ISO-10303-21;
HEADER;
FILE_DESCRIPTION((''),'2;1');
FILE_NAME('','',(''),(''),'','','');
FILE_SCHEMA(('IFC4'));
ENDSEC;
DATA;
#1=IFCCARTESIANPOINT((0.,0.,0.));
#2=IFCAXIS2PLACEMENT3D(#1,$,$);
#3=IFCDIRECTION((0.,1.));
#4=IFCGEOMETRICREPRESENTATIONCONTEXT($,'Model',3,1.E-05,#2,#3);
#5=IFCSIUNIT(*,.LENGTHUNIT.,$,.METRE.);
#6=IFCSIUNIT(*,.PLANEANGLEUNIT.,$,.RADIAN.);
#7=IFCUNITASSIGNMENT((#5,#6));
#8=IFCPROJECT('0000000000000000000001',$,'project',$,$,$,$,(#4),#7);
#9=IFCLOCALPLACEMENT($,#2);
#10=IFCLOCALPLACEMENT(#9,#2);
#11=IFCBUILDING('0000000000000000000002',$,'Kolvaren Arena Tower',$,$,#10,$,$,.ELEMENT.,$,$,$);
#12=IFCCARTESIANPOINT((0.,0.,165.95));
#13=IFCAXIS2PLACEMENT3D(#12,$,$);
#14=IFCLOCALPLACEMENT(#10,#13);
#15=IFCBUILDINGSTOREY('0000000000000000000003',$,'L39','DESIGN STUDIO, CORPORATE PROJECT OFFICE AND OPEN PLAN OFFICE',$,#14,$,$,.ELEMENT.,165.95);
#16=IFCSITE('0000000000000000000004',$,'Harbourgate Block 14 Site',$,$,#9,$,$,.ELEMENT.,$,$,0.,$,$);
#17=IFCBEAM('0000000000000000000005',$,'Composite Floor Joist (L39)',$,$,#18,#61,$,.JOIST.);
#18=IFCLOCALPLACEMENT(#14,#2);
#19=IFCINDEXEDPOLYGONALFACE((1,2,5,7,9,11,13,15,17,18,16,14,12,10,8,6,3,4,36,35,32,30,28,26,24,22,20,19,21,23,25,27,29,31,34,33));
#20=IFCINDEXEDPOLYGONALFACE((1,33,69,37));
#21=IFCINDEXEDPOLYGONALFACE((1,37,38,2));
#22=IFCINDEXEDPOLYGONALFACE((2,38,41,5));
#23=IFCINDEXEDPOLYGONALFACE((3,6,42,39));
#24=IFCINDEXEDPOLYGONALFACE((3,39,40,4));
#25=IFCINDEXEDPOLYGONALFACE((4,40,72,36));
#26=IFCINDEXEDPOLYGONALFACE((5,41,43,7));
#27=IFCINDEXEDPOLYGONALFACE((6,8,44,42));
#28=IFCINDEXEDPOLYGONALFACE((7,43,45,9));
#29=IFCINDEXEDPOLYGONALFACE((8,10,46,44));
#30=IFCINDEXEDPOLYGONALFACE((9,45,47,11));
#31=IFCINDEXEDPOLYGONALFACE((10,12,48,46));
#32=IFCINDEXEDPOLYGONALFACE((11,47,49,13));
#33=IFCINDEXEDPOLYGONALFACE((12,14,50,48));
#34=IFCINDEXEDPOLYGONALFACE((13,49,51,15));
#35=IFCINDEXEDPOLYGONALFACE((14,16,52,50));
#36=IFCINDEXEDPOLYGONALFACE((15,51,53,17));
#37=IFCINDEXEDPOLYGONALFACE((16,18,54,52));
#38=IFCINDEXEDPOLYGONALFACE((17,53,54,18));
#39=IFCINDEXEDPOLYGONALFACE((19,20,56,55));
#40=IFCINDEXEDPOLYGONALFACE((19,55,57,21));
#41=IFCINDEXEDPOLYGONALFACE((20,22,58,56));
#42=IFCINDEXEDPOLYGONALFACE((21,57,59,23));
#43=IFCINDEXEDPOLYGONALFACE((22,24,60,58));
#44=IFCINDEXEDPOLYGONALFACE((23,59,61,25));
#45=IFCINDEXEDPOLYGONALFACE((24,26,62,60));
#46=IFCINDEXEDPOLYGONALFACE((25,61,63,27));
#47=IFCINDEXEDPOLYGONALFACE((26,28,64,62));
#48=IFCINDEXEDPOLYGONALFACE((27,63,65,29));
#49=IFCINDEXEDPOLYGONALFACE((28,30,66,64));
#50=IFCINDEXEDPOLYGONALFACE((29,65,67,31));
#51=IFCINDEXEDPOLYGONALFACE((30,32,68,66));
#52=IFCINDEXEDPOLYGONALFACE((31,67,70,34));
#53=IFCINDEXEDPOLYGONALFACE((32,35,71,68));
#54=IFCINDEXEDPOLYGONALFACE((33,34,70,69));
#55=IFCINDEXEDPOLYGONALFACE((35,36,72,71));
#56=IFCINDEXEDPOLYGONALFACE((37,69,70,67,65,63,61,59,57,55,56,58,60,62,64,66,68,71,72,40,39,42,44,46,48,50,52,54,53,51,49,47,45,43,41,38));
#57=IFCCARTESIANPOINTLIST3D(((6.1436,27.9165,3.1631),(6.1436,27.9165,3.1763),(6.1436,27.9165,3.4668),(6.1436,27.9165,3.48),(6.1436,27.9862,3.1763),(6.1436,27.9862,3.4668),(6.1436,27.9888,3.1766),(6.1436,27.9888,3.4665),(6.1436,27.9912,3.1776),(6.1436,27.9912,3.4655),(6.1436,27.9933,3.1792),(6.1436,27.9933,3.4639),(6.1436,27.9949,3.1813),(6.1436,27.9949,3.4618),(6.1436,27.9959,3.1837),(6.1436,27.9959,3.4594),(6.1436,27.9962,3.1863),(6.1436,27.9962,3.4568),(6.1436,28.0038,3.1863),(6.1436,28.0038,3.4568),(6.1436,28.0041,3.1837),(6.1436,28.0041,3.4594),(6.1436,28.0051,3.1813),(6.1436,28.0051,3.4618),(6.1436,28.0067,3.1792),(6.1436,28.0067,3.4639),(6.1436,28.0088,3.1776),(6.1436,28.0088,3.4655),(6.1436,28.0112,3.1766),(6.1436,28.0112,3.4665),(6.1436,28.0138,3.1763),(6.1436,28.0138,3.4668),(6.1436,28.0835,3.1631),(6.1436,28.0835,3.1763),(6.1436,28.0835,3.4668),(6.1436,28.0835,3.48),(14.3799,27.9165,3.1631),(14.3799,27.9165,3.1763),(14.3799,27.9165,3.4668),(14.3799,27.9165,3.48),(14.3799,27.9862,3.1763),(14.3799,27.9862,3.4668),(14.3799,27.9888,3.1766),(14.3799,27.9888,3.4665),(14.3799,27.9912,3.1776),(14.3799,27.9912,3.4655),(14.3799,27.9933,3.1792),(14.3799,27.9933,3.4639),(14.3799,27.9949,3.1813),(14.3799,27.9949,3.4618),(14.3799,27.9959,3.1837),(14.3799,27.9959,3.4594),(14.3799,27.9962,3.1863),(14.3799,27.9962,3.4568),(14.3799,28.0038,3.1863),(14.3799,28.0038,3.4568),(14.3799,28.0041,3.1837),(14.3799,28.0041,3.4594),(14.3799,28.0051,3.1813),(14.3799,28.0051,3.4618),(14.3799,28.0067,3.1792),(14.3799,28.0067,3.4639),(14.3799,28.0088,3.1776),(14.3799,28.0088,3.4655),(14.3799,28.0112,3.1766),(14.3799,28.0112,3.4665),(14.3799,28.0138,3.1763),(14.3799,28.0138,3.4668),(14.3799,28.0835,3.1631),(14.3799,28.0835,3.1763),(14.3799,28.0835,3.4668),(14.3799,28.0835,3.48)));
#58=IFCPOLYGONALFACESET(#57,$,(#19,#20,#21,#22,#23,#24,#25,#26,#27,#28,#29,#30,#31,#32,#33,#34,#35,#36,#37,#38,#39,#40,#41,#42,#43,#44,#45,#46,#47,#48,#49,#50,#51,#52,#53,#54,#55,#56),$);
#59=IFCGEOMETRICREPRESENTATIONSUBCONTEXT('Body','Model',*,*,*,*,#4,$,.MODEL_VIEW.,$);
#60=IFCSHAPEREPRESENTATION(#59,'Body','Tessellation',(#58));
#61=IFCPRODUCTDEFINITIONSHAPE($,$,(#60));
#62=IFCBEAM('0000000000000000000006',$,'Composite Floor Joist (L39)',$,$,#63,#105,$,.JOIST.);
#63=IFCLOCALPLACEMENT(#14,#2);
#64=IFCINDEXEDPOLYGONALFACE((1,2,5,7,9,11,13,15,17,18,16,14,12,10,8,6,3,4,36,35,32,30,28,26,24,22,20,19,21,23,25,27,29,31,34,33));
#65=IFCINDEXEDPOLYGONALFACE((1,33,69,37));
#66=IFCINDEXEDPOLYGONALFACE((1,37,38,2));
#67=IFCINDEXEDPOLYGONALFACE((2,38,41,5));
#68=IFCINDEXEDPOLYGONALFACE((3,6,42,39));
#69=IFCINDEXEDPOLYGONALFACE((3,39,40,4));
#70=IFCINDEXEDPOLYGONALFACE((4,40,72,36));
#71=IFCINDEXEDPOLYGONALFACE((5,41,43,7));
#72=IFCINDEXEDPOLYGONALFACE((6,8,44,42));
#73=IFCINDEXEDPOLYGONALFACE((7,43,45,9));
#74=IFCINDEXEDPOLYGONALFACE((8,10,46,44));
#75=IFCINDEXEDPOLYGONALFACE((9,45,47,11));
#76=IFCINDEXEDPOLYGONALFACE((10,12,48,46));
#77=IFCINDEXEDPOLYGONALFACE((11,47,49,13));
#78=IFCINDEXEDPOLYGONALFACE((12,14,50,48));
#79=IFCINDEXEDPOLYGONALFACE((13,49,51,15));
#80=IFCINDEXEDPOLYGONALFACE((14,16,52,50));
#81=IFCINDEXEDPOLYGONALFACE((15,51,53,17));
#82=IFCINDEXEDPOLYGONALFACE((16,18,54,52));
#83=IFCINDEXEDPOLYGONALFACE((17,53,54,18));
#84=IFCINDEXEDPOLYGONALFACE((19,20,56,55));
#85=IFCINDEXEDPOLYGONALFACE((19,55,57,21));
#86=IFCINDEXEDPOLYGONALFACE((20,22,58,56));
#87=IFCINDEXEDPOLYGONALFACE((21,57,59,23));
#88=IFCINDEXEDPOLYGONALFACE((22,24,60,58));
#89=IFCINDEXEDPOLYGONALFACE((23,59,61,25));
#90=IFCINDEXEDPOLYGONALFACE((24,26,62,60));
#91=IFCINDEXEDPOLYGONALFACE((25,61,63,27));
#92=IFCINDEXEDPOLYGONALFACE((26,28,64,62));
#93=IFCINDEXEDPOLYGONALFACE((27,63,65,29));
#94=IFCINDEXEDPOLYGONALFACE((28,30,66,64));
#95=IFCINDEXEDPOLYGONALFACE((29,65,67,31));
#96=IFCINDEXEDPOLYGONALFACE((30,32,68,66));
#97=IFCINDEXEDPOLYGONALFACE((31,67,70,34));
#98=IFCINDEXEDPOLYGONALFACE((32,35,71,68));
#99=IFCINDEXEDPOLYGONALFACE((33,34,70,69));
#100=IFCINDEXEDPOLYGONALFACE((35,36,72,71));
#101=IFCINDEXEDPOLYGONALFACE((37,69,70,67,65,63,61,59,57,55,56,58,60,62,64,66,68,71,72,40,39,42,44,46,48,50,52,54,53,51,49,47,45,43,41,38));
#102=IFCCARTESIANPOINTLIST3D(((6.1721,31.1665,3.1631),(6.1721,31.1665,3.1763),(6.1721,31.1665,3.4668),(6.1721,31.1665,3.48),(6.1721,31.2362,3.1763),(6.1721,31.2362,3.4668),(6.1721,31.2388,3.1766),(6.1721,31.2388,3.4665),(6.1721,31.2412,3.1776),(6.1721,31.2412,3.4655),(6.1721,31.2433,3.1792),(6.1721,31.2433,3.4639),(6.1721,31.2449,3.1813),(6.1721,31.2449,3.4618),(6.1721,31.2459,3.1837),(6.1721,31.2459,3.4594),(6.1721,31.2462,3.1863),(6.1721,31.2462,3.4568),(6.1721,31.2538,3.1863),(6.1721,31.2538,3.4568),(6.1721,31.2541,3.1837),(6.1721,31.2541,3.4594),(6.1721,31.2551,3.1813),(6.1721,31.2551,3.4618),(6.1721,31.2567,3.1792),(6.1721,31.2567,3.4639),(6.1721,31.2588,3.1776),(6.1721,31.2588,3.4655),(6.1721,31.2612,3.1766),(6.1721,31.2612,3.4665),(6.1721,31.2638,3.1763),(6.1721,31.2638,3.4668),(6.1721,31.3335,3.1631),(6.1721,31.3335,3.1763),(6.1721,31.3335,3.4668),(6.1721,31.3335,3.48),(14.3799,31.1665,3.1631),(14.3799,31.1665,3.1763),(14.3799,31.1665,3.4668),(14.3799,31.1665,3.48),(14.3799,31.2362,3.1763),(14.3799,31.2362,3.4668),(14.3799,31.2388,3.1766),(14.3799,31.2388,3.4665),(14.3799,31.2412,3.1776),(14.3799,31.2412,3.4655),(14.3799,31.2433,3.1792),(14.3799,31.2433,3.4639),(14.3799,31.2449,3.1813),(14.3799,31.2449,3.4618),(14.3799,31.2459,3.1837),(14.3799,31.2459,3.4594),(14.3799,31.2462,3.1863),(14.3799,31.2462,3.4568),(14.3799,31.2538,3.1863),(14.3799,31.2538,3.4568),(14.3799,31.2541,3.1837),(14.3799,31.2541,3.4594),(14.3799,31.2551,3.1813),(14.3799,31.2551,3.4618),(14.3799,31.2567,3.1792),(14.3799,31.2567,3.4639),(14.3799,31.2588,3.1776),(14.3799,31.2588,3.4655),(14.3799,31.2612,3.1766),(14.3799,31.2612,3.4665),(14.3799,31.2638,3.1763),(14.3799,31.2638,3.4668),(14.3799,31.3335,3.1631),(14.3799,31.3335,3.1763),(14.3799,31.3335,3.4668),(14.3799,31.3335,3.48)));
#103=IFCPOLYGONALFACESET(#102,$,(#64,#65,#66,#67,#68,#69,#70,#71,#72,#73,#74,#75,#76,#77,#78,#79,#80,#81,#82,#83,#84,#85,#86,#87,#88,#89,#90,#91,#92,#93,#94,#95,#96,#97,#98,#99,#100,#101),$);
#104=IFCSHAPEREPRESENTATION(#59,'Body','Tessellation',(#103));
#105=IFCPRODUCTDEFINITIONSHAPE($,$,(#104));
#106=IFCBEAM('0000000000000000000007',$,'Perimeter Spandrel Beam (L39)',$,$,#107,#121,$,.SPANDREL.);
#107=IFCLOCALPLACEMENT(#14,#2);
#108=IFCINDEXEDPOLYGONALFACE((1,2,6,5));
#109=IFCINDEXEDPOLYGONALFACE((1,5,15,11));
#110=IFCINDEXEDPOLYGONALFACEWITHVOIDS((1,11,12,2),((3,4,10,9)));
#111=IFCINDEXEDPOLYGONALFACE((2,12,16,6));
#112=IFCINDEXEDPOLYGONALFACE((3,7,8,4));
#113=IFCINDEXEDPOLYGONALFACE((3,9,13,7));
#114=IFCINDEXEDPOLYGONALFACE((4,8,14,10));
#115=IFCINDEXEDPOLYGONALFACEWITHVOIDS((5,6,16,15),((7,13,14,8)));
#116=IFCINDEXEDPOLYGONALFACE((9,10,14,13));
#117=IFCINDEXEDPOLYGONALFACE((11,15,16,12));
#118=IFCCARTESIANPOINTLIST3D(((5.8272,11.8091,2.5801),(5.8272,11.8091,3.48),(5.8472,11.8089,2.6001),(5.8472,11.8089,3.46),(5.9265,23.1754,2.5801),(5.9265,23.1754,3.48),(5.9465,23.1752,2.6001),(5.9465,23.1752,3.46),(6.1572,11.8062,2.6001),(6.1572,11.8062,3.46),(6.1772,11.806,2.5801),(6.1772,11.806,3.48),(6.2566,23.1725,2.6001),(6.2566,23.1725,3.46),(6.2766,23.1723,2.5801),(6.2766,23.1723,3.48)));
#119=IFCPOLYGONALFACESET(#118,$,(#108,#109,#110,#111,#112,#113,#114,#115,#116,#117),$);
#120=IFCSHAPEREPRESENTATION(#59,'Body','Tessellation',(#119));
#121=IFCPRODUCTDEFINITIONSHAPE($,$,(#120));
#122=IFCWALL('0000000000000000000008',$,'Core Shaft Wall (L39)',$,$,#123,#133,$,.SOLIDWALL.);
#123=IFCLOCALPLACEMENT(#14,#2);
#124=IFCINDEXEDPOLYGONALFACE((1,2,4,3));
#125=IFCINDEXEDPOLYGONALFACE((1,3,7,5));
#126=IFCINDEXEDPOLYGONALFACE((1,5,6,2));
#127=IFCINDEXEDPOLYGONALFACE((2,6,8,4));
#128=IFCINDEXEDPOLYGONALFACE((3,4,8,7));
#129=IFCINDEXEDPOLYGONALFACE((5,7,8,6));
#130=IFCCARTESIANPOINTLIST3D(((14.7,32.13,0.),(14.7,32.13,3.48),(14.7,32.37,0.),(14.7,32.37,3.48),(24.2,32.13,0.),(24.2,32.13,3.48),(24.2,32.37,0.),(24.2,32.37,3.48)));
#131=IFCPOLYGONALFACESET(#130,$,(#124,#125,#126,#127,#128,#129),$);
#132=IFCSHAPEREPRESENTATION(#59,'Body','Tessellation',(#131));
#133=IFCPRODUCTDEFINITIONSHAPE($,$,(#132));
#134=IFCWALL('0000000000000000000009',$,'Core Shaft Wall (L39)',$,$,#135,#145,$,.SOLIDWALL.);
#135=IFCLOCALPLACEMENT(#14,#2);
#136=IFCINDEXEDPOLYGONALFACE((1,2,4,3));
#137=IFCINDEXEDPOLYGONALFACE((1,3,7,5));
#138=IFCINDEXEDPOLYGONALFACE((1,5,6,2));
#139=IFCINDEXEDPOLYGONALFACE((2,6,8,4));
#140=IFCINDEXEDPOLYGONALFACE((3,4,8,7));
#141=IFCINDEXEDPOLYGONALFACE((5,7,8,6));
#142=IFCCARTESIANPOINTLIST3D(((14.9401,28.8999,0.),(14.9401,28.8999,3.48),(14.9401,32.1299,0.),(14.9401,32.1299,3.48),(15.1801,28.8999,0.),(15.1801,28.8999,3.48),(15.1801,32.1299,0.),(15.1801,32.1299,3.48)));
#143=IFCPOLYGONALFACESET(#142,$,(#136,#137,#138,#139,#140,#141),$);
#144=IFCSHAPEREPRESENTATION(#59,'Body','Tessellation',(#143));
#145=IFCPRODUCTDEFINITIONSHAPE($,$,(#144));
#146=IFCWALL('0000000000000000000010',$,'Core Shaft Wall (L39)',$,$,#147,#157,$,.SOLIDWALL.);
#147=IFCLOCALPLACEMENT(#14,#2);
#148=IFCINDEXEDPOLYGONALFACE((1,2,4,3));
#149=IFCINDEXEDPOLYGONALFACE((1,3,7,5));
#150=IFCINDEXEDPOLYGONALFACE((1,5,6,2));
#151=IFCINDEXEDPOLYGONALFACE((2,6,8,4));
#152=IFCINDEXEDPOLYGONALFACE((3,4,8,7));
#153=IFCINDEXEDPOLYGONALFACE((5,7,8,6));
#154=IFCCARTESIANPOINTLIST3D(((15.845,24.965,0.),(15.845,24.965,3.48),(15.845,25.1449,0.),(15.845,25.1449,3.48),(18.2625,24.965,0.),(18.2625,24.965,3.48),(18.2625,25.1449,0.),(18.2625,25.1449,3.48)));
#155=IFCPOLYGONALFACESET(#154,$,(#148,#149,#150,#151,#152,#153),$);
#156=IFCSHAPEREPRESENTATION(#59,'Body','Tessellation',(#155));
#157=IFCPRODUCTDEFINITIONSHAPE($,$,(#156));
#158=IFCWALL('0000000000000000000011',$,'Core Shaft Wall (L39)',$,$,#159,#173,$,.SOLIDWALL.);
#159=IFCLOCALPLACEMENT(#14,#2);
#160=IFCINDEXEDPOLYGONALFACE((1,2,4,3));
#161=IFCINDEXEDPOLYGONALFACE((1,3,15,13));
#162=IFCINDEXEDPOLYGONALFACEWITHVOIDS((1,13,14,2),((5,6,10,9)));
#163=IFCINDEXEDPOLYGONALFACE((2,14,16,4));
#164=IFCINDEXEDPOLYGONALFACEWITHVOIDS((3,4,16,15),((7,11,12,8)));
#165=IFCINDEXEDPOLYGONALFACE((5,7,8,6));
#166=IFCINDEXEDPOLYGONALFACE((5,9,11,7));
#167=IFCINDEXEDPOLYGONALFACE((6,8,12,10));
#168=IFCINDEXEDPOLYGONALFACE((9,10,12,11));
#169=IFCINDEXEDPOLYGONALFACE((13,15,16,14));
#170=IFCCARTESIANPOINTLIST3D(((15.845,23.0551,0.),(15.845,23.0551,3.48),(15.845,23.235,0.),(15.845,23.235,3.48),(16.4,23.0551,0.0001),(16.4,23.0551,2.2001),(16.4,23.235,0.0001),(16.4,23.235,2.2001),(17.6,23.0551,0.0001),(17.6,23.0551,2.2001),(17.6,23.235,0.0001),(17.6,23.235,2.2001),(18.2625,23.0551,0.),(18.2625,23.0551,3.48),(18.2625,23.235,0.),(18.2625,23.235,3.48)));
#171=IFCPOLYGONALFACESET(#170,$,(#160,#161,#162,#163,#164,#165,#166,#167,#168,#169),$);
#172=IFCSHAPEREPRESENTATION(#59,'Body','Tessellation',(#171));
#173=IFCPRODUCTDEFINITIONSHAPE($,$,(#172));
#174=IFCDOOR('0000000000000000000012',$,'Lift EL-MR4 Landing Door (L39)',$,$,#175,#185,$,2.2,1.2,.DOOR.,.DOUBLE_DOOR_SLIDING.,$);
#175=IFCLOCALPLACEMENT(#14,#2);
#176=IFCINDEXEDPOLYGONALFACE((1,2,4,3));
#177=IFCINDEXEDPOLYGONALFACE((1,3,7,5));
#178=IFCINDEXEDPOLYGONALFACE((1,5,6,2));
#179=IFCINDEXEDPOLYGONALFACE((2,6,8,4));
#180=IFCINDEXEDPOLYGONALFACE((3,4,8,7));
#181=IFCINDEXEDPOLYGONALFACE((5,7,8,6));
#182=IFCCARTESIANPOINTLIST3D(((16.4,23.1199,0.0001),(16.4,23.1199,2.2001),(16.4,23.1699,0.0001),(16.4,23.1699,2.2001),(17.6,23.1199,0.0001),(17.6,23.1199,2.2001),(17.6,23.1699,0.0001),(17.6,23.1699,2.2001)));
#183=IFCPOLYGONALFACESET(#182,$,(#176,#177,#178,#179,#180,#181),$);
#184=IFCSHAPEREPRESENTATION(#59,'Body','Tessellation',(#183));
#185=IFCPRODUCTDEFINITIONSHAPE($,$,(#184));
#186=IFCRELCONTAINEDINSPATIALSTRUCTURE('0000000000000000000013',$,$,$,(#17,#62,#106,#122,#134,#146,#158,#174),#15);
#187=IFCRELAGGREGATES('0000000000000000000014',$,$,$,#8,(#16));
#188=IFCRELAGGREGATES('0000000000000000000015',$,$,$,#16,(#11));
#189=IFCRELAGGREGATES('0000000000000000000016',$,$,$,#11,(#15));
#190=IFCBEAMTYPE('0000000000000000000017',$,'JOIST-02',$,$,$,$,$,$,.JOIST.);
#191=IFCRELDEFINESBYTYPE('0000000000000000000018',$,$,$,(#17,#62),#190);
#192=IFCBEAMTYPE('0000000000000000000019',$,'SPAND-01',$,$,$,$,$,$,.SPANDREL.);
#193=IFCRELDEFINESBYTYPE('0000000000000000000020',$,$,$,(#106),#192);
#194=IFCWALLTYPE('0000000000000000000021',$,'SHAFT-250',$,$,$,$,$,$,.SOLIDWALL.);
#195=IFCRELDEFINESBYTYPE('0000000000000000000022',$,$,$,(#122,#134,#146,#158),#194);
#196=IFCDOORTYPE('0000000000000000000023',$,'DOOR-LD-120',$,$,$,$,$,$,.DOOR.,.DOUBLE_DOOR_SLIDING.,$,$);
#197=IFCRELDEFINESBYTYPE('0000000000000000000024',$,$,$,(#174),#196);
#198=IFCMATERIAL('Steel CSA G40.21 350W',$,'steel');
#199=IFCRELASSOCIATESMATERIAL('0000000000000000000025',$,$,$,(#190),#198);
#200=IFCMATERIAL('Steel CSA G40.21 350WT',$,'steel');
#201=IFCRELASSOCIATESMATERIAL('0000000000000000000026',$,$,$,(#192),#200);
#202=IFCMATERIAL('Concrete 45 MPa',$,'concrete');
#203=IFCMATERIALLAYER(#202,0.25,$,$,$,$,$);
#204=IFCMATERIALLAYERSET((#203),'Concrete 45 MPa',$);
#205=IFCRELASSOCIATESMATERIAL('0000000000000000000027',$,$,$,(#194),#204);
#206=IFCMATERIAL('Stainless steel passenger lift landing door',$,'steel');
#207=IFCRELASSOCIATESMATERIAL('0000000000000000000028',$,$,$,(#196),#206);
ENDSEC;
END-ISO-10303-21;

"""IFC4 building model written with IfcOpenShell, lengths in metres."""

from ifc_helpers import new_model, si_unit, direction, frame, frame_2d, origin, origin_2d, place, context, subcontext, project, spatial, rectangle, hollow_rectangle, i_section, extrude, material, layer, layer_set, material_profile, profile_set, type_object, element, fill, save


model = new_model("IFC4")

# Units and contexts
model_context = context("Model", 3, precision=1e-05, world=origin(), true_north=direction((0.0, 1.0)))
body_context = subcontext(model_context, "Body", "Model", "MODEL_VIEW")
ifc_project = project(units=[si_unit("LENGTHUNIT", "METRE"), si_unit("PLANEANGLEUNIT", "RADIAN")], contexts=[model_context])

# Site, building, storey
site_placement = place(None, origin())
site = spatial("IfcSite", under=ifc_project, at=site_placement, Name="Harbourgate Block 14 Site", CompositionType="ELEMENT", RefElevation=0.0)
building_placement = place(site_placement, origin())
building = spatial("IfcBuilding", under=site, at=building_placement, Name="Kolvaren Arena Tower", CompositionType="ELEMENT")
storey_placement = place(building_placement, frame((0.0, 0.0, 165.95)))
storey = spatial("IfcBuildingStorey", under=building, at=storey_placement, Name="L39", Description="DESIGN STUDIO, CORPORATE PROJECT OFFICE AND OPEN PLAN OFFICE", CompositionType="ELEMENT", Elevation=165.95)

# Beams
ifc_material_1 = material(Name="Steel CSA G40.21 350W", Category="steel")
ifc_material_profile_1 = material_profile(ifc_material_1, i_section(OverallWidth=0.167, OverallDepth=0.3169, WebThickness=0.0076, FlangeThickness=0.0132, FilletRadius=0.01, at=origin_2d()), Name="W310x52")
ifc_profile_set_1 = profile_set([ifc_material_profile_1], Name="Steel CSA G40.21 350W")
beam_type_1 = type_object("IfcBeamType", Name="JOIST-02", PredefinedType="JOIST", material=ifc_profile_set_1)
beam_1_placement = place(storey_placement, frame((6.1436, 28.0, 3.3215), z_axis=(1.0, 0.0, 0.0), x_axis=(0.0, 1.0, 0.0)))
element("IfcBeam", 1, at=beam_1_placement, inside=storey, type_object=beam_type_1, Name="Composite Floor Joist (L39)", PredefinedType="JOIST", context=body_context, shape_type="SweptSolid", body=[
    extrude(i_section(OverallWidth=0.167, OverallDepth=0.3169, WebThickness=0.0076, FlangeThickness=0.0132, FilletRadius=0.01, at=origin_2d()), origin(), (0.0, 0.0, 1.0), 8.2363),
])
beam_2_placement = place(storey_placement, frame((6.1721, 31.25, 3.3215), z_axis=(1.0, 0.0, 0.0), x_axis=(0.0, 1.0, 0.0)))
element("IfcBeam", 2, at=beam_2_placement, inside=storey, type_object=beam_type_1, Name="Composite Floor Joist (L39)", PredefinedType="JOIST", context=body_context, shape_type="SweptSolid", body=[
    extrude(i_section(OverallWidth=0.167, OverallDepth=0.3169, WebThickness=0.0076, FlangeThickness=0.0132, FilletRadius=0.01, at=origin_2d()), origin(), (0.0, 0.0, 1.0), 8.2078),
])
ifc_material_2 = material(Name="Steel CSA G40.21 350WT", Category="steel")
ifc_material_profile_2 = material_profile(ifc_material_2, hollow_rectangle(XDim=0.3501, YDim=0.8999, WallThickness=0.02, at=origin_2d()), Name="HSS 900x350x20")
ifc_profile_set_2 = profile_set([ifc_material_profile_2], Name="Steel CSA G40.21 350WT")
beam_type_2 = type_object("IfcBeamType", Name="SPAND-01", PredefinedType="SPANDREL", material=ifc_profile_set_2)
beam_3_placement = place(storey_placement, frame((6.1016, 23.1738, 3.03), z_axis=(-0.008742, -0.999962, 0.0), x_axis=(0.999962, -0.008742, 0.0)))
element("IfcBeam", 3, at=beam_3_placement, inside=storey, type_object=beam_type_2, Name="Perimeter Spandrel Beam (L39)", PredefinedType="SPANDREL", context=body_context, shape_type="SweptSolid", body=[
    extrude(hollow_rectangle(XDim=0.3501, YDim=0.8999, WallThickness=0.02, at=origin_2d()), origin(), (0.0, 0.0, 1.0), 11.3667),
])

# Walls
ifc_material_3 = material(Name="Concrete 45 MPa", Category="concrete")
ifc_layer = layer(ifc_material_3, 0.25)
ifc_layer_set = layer_set([ifc_layer], Name="Concrete 45 MPa")
wall_type = type_object("IfcWallType", Name="SHAFT-250", PredefinedType="SOLIDWALL", material=ifc_layer_set)
wall_1_placement = place(storey_placement, frame((14.7, 32.25, 0.0), z_axis=(0.0, 0.0, 1.0), x_axis=(1.0, 0.0, 0.0)))
element("IfcWall", 4, at=wall_1_placement, inside=storey, type_object=wall_type, Name="Core Shaft Wall (L39)", PredefinedType="SOLIDWALL", context=body_context, shape_type="SweptSolid", body=[
    extrude(rectangle(XDim=9.5, YDim=0.24, at=frame_2d((4.75, 0.0))), origin(), (0.0, 0.0, 1.0), 3.48),
])
wall_2_placement = place(storey_placement, frame((15.0601, 28.8999, 0.0), z_axis=(0.0, 0.0, 1.0), x_axis=(0.0, 1.0, 0.0)))
element("IfcWall", 5, at=wall_2_placement, inside=storey, type_object=wall_type, Name="Core Shaft Wall (L39)", PredefinedType="SOLIDWALL", context=body_context, shape_type="SweptSolid", body=[
    extrude(rectangle(XDim=3.23, YDim=0.24, at=frame_2d((1.615, 0.0))), origin(), (0.0, 0.0, 1.0), 3.48),
])
wall_3_placement = place(storey_placement, frame((15.845, 25.0549, 0.0), z_axis=(0.0, 0.0, 1.0), x_axis=(1.0, 0.0, 0.0)))
element("IfcWall", 6, at=wall_3_placement, inside=storey, type_object=wall_type, Name="Core Shaft Wall (L39)", PredefinedType="SOLIDWALL", context=body_context, shape_type="SweptSolid", body=[
    extrude(rectangle(XDim=2.4175, YDim=0.1799, at=frame_2d((1.2087, 0.0))), origin(), (0.0, 0.0, 1.0), 3.48),
])

# Wall, opening, door
wall_4_placement = place(storey_placement, frame((15.845, 23.145, 0.0), z_axis=(0.0, 0.0, 1.0), x_axis=(1.0, 0.0, 0.0)))
wall_4 = element("IfcWall", 7, at=wall_4_placement, inside=storey, type_object=wall_type, Name="Core Shaft Wall (L39)", PredefinedType="SOLIDWALL", context=body_context, shape_type="SweptSolid", body=[
    extrude(rectangle(XDim=2.4175, YDim=0.1799, at=frame_2d((1.2087, 0.0))), origin(), (0.0, 0.0, 1.0), 3.48),
])
opening_1_placement = place(wall_4_placement, frame((0.5549, 0.0, 0.0)))
opening_1 = element("IfcOpeningElement", 8, at=opening_1_placement, cuts=wall_4, PredefinedType="OPENING", context=body_context, shape_type="SweptSolid", body=[
    extrude(rectangle(XDim=1.2, YDim=2.2, at=frame_2d((0.6001, 1.1001))), frame((0.0, 0.0999, 0.0), z_axis=(0.0, -1.0, 0.0), x_axis=(1.0, 0.0, 0.0)), (0.0, 0.0, 1.0), 0.2),
])
ifc_material_4 = material(Name="Stainless steel passenger lift landing door", Category="steel")
door_type_1 = type_object("IfcDoorType", Name="DOOR-LD-120", OperationType="DOUBLE_DOOR_SLIDING", PredefinedType="DOOR", material=ifc_material_4)
door_1_placement = place(opening_1_placement, origin())
door_1 = element("IfcDoor", 9, at=door_1_placement, inside=storey, type_object=door_type_1, Name="Lift EL-MR4 Landing Door (L39)", OperationType="DOUBLE_DOOR_SLIDING", OverallHeight=2.2, OverallWidth=1.2, PredefinedType="DOOR", context=body_context, shape_type="SweptSolid", body=[
    extrude(rectangle(XDim=1.2, YDim=2.2, at=frame_2d((0.6001, 1.1001))), frame((0.0, 0.0249, 0.0), z_axis=(0.0, -1.0, 0.0), x_axis=(1.0, 0.0, 0.0)), (0.0, 0.0, 1.0), 0.05),
])
fill(opening_1, door_1)

save(model, "model.ifc")
